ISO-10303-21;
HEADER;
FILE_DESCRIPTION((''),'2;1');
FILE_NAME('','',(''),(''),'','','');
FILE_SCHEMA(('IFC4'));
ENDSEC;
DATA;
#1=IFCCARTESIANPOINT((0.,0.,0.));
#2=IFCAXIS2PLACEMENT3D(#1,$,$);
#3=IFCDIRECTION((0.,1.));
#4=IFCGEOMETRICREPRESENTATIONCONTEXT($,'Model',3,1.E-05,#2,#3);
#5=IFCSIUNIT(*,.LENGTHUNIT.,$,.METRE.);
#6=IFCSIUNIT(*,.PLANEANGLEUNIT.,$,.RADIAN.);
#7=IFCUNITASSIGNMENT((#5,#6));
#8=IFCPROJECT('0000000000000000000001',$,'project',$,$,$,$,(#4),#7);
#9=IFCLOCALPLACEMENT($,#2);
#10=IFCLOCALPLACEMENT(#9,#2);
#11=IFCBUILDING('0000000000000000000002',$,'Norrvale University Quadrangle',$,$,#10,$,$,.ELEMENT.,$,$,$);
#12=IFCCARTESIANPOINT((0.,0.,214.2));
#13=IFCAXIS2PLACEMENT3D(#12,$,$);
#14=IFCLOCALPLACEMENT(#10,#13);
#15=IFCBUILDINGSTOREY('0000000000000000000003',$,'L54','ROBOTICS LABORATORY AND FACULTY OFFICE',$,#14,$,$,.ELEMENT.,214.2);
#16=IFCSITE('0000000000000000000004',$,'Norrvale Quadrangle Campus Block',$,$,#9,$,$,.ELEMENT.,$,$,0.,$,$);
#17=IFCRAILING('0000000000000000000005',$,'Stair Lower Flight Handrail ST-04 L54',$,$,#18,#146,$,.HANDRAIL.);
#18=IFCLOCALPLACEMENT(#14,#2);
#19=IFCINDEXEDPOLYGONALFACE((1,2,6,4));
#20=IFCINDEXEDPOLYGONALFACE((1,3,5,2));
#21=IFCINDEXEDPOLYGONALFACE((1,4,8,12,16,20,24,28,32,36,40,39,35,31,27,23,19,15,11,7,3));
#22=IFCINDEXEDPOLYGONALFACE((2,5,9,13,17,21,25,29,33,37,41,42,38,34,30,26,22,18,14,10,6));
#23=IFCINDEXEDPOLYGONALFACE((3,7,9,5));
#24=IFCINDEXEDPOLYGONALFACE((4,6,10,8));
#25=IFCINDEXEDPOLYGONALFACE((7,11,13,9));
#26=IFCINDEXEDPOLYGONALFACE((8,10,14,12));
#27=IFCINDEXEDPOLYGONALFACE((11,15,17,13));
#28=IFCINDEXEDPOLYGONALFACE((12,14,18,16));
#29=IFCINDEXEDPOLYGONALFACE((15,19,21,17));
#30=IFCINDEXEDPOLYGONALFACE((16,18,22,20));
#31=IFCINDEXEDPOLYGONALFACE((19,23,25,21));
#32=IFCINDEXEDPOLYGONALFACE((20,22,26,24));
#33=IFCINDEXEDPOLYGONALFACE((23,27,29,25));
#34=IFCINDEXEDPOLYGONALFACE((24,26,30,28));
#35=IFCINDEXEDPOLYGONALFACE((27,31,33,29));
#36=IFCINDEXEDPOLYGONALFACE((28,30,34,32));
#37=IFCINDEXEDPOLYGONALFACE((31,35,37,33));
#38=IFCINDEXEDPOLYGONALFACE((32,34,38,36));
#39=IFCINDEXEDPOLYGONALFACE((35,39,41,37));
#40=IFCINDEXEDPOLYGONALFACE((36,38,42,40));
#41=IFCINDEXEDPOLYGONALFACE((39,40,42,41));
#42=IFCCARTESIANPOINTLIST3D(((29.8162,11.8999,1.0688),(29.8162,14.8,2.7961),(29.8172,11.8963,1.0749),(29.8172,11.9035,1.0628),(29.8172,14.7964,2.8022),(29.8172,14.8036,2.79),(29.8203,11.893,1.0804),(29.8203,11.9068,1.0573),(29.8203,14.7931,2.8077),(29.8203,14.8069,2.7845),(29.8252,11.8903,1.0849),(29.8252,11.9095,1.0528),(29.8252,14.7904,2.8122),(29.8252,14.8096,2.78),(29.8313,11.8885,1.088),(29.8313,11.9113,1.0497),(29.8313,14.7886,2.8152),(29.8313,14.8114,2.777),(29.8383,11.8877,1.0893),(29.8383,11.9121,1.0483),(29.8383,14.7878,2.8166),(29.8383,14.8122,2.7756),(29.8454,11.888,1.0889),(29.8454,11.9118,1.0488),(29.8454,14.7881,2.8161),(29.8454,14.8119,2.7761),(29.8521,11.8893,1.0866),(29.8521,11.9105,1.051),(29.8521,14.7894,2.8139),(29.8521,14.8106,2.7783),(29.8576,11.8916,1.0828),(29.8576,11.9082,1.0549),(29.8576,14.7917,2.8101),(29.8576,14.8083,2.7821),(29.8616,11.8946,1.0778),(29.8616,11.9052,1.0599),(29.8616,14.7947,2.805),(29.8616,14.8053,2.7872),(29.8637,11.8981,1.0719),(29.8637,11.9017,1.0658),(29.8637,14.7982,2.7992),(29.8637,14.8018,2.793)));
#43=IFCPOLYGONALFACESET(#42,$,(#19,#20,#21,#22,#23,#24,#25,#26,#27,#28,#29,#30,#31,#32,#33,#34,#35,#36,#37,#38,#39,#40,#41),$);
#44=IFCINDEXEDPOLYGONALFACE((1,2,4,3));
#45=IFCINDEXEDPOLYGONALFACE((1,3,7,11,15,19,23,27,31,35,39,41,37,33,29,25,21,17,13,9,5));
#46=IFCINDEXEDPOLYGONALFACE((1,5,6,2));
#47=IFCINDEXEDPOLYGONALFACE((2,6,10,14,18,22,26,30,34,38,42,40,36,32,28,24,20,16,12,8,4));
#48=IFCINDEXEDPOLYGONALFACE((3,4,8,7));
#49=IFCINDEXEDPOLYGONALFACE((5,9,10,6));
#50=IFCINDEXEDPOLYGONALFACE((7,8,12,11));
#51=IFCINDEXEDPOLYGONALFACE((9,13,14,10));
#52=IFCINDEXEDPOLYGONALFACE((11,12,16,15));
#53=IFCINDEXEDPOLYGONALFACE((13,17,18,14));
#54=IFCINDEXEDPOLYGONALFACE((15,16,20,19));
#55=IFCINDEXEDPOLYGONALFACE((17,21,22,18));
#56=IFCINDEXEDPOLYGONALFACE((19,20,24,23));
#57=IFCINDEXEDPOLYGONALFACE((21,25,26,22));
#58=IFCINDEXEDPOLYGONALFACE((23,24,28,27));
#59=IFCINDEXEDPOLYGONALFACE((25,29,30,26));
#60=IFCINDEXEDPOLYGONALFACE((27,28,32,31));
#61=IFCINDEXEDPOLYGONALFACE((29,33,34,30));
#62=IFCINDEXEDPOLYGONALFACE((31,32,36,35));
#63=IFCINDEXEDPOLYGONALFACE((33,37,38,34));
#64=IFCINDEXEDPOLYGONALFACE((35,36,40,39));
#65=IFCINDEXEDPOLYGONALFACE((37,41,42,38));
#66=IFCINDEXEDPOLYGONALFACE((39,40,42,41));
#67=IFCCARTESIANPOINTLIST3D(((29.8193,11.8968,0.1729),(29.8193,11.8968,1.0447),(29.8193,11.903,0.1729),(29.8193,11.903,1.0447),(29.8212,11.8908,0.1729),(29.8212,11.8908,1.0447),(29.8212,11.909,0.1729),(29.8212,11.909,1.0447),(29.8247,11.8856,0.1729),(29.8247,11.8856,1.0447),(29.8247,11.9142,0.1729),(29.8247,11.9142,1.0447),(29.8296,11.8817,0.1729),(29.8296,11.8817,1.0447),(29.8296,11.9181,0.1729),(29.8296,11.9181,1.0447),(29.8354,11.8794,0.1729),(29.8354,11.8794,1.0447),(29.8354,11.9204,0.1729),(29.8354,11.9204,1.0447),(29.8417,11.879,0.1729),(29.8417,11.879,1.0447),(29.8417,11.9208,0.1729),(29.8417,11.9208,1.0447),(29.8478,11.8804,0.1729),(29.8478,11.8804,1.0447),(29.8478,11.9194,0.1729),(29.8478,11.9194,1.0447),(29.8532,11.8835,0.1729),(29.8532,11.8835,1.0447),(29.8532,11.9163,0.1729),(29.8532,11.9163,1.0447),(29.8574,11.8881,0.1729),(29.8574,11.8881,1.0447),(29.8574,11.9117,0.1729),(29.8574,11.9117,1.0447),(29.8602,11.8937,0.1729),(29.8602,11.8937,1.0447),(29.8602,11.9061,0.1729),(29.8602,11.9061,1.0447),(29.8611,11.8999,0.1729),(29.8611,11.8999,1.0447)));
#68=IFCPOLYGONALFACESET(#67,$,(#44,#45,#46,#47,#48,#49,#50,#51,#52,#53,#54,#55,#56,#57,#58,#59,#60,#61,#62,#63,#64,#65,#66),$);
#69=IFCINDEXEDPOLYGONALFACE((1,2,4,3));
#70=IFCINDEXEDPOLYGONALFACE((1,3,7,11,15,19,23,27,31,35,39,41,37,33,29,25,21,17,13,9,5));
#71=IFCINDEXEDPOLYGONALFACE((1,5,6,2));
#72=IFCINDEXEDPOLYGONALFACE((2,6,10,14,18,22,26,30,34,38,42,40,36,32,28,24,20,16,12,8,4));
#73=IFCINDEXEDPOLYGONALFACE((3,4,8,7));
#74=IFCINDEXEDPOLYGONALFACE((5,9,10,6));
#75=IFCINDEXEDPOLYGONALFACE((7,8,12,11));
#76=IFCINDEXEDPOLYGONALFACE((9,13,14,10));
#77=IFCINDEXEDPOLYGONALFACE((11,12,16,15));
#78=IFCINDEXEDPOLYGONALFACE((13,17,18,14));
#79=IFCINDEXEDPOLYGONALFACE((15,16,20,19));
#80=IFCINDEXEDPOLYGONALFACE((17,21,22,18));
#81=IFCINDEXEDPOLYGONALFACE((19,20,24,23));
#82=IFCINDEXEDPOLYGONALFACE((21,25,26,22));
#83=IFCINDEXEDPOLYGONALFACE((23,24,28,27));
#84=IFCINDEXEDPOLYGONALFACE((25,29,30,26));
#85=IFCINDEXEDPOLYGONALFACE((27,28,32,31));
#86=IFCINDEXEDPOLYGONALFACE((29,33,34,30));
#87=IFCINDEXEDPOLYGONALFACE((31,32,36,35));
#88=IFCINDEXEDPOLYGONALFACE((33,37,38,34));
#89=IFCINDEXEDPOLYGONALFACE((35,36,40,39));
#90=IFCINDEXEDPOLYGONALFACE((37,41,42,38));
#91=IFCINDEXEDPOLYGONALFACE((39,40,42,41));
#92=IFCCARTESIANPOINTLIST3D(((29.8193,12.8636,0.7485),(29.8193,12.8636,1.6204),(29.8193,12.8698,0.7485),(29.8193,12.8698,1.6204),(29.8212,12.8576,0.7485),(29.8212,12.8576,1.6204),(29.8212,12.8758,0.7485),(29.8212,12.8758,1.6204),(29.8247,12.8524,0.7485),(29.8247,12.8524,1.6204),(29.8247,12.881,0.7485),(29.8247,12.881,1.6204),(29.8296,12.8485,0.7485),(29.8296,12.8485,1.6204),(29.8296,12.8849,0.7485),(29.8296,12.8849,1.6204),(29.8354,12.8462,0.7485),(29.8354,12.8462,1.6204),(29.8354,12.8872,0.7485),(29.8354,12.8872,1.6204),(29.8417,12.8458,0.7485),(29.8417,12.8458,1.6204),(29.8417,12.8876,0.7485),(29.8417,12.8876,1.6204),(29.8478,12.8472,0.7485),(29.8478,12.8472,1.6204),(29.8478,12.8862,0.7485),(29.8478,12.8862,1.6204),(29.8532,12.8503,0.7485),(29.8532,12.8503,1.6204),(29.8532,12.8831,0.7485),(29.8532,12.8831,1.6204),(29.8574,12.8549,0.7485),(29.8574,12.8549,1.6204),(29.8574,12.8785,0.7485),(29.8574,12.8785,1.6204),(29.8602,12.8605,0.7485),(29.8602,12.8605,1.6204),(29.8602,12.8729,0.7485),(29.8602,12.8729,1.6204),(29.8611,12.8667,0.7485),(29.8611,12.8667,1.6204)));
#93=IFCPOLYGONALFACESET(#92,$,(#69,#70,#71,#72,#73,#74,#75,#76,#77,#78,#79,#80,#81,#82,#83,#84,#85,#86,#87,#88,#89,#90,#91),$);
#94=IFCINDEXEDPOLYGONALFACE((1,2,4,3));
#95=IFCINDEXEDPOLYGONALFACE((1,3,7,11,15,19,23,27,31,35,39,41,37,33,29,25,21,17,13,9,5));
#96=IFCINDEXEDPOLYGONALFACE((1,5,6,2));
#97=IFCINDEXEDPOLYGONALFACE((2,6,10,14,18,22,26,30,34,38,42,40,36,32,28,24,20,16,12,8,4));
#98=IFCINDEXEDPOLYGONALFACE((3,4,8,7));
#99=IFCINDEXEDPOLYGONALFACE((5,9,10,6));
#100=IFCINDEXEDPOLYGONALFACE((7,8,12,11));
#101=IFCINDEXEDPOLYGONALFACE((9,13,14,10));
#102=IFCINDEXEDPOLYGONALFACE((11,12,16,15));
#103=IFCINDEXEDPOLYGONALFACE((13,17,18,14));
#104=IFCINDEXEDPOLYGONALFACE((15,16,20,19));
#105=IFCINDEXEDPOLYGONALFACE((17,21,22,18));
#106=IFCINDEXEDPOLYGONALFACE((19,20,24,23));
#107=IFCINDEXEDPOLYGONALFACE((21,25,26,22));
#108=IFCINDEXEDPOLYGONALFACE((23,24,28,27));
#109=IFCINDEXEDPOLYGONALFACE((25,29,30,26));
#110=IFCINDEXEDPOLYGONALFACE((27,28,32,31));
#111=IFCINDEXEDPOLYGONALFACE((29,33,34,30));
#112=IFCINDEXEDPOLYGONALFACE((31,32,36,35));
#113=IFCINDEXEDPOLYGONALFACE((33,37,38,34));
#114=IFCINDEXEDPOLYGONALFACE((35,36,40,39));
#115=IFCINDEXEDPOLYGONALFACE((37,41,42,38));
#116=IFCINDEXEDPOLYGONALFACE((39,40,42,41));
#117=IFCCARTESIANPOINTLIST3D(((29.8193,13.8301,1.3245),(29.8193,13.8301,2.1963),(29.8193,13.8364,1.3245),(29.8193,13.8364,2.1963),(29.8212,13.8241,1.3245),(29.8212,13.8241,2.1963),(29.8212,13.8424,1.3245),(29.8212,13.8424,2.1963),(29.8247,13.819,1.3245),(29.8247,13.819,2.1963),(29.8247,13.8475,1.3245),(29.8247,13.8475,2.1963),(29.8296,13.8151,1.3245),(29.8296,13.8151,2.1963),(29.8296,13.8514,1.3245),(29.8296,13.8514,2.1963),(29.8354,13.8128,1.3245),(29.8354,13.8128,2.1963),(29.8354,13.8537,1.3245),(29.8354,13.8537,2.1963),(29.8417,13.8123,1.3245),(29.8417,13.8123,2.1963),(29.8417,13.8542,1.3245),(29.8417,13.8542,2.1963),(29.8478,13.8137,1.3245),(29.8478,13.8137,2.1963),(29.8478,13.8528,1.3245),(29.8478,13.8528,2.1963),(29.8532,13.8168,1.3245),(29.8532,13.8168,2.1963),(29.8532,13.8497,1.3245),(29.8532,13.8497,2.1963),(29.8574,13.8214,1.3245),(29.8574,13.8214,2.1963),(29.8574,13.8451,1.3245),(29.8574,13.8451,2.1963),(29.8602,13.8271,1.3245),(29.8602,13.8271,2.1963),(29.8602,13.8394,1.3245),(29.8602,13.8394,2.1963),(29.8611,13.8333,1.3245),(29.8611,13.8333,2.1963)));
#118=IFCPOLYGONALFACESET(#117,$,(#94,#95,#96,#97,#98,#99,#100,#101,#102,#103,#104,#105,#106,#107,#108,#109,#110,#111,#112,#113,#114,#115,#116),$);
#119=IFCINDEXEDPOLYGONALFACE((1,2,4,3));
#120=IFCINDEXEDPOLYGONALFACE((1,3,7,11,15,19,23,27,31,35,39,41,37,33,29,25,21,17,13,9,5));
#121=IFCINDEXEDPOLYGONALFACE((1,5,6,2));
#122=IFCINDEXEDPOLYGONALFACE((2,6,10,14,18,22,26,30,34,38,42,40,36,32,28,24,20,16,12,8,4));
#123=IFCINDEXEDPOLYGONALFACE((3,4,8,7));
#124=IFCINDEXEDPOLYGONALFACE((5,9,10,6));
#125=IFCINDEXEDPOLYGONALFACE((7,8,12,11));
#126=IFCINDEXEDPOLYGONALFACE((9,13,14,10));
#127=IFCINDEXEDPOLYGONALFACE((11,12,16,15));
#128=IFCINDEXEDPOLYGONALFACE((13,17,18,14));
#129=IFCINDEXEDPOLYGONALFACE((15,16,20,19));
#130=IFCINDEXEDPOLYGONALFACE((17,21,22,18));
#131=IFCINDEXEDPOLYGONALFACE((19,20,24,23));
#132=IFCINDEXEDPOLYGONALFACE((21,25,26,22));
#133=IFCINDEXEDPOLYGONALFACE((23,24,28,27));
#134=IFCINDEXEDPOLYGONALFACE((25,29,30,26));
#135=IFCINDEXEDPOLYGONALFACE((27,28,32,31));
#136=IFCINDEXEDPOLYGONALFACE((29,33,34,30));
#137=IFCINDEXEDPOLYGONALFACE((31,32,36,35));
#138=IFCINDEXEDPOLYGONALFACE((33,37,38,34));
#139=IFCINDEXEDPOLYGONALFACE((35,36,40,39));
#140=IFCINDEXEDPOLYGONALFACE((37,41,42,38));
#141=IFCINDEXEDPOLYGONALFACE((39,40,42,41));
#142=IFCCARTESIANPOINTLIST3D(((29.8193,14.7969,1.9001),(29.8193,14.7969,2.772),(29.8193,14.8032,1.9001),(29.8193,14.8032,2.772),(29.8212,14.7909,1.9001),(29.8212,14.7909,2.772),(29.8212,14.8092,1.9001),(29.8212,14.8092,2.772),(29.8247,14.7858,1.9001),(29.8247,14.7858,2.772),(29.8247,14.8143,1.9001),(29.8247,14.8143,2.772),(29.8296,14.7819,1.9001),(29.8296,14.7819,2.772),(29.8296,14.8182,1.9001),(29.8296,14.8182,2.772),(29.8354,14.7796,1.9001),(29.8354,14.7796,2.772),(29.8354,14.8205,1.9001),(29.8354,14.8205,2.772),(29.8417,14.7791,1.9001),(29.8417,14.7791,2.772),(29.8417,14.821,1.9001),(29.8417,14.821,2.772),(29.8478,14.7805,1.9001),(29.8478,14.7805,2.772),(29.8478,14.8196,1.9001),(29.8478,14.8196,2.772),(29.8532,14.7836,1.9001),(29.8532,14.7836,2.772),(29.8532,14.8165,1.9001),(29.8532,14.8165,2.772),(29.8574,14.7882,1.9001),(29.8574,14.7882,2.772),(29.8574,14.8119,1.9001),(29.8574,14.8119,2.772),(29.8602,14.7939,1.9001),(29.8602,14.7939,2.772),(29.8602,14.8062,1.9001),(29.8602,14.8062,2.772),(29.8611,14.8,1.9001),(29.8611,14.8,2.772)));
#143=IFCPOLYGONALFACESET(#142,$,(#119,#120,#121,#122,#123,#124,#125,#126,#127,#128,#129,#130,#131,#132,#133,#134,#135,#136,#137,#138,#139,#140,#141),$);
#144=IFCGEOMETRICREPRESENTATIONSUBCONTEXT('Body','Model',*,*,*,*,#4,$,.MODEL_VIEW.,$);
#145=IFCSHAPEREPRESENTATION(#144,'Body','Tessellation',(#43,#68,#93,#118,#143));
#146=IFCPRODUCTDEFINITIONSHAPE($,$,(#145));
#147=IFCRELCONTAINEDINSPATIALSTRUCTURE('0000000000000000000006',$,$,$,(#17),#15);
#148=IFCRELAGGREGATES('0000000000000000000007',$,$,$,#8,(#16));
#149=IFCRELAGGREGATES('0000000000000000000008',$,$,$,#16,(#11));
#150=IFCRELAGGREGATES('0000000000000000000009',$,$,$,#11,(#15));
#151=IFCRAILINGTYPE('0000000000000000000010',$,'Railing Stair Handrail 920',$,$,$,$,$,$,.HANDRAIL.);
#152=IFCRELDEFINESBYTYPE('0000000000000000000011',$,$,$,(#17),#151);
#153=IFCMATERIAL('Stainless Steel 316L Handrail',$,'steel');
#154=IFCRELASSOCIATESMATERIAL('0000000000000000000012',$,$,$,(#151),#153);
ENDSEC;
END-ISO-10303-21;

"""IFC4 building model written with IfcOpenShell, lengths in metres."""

from ifc_helpers import new_model, si_unit, direction, frame, origin, origin_2d, place, context, subcontext, project, spatial, circle, extrude, material, type_object, element, save


model = new_model("IFC4")

# Units and contexts
model_context = context("Model", 3, precision=1e-05, world=origin(), true_north=direction((0.0, 1.0)))
body_context = subcontext(model_context, "Body", "Model", "MODEL_VIEW")
ifc_project = project(units=[si_unit("LENGTHUNIT", "METRE"), si_unit("PLANEANGLEUNIT", "RADIAN")], contexts=[model_context])

# Site, building, storey
site_placement = place(None, origin())
site = spatial("IfcSite", under=ifc_project, at=site_placement, Name="Norrvale Quadrangle Campus Block", CompositionType="ELEMENT", RefElevation=0.0)
building_placement = place(site_placement, origin())
building = spatial("IfcBuilding", under=site, at=building_placement, Name="Norrvale University Quadrangle", CompositionType="ELEMENT")
storey_placement = place(building_placement, frame((0.0, 0.0, 214.2)))
storey = spatial("IfcBuildingStorey", under=building, at=storey_placement, Name="L54", Description="ROBOTICS LABORATORY AND FACULTY OFFICE", CompositionType="ELEMENT", Elevation=214.2)

# Railing
ifc_material_1 = material(Name="Stainless Steel 316L Handrail", Category="steel")
railing_type_1 = type_object("IfcRailingType", Name="Railing Stair Handrail 920", PredefinedType="HANDRAIL", material=ifc_material_1)
railing_1_placement = place(storey_placement, frame((29.8401, 11.8999, 0.1729)))
element("IfcRailing", 1, at=railing_1_placement, inside=storey, type_object=railing_type_1, Name="Stair Lower Flight Handrail ST-04 L54", PredefinedType="HANDRAIL", context=body_context, shape_type="SweptSolid", body=[
    extrude(circle(Radius=0.0239, at=origin_2d()), frame((0.0, 0.0, 0.896), z_axis=(0.0, 0.85916, 0.511706), x_axis=(-1.0, 0.0, 0.0)), (0.0, 0.0, 1.0), 3.3755),
    extrude(circle(Radius=0.021, at=origin_2d()), origin(), (0.0, 0.0, 1.0), 0.8718),
    extrude(circle(Radius=0.021, at=origin_2d()), frame((0.0, 0.9668, 0.5757)), (0.0, 0.0, 1.0), 0.8718),
    extrude(circle(Radius=0.021, at=origin_2d()), frame((0.0, 1.9333, 1.1516)), (0.0, 0.0, 1.0), 0.8718),
    extrude(circle(Radius=0.021, at=origin_2d()), frame((0.0, 2.9001, 1.7273)), (0.0, 0.0, 1.0), 0.8718),
])

save(model, "model.ifc")
